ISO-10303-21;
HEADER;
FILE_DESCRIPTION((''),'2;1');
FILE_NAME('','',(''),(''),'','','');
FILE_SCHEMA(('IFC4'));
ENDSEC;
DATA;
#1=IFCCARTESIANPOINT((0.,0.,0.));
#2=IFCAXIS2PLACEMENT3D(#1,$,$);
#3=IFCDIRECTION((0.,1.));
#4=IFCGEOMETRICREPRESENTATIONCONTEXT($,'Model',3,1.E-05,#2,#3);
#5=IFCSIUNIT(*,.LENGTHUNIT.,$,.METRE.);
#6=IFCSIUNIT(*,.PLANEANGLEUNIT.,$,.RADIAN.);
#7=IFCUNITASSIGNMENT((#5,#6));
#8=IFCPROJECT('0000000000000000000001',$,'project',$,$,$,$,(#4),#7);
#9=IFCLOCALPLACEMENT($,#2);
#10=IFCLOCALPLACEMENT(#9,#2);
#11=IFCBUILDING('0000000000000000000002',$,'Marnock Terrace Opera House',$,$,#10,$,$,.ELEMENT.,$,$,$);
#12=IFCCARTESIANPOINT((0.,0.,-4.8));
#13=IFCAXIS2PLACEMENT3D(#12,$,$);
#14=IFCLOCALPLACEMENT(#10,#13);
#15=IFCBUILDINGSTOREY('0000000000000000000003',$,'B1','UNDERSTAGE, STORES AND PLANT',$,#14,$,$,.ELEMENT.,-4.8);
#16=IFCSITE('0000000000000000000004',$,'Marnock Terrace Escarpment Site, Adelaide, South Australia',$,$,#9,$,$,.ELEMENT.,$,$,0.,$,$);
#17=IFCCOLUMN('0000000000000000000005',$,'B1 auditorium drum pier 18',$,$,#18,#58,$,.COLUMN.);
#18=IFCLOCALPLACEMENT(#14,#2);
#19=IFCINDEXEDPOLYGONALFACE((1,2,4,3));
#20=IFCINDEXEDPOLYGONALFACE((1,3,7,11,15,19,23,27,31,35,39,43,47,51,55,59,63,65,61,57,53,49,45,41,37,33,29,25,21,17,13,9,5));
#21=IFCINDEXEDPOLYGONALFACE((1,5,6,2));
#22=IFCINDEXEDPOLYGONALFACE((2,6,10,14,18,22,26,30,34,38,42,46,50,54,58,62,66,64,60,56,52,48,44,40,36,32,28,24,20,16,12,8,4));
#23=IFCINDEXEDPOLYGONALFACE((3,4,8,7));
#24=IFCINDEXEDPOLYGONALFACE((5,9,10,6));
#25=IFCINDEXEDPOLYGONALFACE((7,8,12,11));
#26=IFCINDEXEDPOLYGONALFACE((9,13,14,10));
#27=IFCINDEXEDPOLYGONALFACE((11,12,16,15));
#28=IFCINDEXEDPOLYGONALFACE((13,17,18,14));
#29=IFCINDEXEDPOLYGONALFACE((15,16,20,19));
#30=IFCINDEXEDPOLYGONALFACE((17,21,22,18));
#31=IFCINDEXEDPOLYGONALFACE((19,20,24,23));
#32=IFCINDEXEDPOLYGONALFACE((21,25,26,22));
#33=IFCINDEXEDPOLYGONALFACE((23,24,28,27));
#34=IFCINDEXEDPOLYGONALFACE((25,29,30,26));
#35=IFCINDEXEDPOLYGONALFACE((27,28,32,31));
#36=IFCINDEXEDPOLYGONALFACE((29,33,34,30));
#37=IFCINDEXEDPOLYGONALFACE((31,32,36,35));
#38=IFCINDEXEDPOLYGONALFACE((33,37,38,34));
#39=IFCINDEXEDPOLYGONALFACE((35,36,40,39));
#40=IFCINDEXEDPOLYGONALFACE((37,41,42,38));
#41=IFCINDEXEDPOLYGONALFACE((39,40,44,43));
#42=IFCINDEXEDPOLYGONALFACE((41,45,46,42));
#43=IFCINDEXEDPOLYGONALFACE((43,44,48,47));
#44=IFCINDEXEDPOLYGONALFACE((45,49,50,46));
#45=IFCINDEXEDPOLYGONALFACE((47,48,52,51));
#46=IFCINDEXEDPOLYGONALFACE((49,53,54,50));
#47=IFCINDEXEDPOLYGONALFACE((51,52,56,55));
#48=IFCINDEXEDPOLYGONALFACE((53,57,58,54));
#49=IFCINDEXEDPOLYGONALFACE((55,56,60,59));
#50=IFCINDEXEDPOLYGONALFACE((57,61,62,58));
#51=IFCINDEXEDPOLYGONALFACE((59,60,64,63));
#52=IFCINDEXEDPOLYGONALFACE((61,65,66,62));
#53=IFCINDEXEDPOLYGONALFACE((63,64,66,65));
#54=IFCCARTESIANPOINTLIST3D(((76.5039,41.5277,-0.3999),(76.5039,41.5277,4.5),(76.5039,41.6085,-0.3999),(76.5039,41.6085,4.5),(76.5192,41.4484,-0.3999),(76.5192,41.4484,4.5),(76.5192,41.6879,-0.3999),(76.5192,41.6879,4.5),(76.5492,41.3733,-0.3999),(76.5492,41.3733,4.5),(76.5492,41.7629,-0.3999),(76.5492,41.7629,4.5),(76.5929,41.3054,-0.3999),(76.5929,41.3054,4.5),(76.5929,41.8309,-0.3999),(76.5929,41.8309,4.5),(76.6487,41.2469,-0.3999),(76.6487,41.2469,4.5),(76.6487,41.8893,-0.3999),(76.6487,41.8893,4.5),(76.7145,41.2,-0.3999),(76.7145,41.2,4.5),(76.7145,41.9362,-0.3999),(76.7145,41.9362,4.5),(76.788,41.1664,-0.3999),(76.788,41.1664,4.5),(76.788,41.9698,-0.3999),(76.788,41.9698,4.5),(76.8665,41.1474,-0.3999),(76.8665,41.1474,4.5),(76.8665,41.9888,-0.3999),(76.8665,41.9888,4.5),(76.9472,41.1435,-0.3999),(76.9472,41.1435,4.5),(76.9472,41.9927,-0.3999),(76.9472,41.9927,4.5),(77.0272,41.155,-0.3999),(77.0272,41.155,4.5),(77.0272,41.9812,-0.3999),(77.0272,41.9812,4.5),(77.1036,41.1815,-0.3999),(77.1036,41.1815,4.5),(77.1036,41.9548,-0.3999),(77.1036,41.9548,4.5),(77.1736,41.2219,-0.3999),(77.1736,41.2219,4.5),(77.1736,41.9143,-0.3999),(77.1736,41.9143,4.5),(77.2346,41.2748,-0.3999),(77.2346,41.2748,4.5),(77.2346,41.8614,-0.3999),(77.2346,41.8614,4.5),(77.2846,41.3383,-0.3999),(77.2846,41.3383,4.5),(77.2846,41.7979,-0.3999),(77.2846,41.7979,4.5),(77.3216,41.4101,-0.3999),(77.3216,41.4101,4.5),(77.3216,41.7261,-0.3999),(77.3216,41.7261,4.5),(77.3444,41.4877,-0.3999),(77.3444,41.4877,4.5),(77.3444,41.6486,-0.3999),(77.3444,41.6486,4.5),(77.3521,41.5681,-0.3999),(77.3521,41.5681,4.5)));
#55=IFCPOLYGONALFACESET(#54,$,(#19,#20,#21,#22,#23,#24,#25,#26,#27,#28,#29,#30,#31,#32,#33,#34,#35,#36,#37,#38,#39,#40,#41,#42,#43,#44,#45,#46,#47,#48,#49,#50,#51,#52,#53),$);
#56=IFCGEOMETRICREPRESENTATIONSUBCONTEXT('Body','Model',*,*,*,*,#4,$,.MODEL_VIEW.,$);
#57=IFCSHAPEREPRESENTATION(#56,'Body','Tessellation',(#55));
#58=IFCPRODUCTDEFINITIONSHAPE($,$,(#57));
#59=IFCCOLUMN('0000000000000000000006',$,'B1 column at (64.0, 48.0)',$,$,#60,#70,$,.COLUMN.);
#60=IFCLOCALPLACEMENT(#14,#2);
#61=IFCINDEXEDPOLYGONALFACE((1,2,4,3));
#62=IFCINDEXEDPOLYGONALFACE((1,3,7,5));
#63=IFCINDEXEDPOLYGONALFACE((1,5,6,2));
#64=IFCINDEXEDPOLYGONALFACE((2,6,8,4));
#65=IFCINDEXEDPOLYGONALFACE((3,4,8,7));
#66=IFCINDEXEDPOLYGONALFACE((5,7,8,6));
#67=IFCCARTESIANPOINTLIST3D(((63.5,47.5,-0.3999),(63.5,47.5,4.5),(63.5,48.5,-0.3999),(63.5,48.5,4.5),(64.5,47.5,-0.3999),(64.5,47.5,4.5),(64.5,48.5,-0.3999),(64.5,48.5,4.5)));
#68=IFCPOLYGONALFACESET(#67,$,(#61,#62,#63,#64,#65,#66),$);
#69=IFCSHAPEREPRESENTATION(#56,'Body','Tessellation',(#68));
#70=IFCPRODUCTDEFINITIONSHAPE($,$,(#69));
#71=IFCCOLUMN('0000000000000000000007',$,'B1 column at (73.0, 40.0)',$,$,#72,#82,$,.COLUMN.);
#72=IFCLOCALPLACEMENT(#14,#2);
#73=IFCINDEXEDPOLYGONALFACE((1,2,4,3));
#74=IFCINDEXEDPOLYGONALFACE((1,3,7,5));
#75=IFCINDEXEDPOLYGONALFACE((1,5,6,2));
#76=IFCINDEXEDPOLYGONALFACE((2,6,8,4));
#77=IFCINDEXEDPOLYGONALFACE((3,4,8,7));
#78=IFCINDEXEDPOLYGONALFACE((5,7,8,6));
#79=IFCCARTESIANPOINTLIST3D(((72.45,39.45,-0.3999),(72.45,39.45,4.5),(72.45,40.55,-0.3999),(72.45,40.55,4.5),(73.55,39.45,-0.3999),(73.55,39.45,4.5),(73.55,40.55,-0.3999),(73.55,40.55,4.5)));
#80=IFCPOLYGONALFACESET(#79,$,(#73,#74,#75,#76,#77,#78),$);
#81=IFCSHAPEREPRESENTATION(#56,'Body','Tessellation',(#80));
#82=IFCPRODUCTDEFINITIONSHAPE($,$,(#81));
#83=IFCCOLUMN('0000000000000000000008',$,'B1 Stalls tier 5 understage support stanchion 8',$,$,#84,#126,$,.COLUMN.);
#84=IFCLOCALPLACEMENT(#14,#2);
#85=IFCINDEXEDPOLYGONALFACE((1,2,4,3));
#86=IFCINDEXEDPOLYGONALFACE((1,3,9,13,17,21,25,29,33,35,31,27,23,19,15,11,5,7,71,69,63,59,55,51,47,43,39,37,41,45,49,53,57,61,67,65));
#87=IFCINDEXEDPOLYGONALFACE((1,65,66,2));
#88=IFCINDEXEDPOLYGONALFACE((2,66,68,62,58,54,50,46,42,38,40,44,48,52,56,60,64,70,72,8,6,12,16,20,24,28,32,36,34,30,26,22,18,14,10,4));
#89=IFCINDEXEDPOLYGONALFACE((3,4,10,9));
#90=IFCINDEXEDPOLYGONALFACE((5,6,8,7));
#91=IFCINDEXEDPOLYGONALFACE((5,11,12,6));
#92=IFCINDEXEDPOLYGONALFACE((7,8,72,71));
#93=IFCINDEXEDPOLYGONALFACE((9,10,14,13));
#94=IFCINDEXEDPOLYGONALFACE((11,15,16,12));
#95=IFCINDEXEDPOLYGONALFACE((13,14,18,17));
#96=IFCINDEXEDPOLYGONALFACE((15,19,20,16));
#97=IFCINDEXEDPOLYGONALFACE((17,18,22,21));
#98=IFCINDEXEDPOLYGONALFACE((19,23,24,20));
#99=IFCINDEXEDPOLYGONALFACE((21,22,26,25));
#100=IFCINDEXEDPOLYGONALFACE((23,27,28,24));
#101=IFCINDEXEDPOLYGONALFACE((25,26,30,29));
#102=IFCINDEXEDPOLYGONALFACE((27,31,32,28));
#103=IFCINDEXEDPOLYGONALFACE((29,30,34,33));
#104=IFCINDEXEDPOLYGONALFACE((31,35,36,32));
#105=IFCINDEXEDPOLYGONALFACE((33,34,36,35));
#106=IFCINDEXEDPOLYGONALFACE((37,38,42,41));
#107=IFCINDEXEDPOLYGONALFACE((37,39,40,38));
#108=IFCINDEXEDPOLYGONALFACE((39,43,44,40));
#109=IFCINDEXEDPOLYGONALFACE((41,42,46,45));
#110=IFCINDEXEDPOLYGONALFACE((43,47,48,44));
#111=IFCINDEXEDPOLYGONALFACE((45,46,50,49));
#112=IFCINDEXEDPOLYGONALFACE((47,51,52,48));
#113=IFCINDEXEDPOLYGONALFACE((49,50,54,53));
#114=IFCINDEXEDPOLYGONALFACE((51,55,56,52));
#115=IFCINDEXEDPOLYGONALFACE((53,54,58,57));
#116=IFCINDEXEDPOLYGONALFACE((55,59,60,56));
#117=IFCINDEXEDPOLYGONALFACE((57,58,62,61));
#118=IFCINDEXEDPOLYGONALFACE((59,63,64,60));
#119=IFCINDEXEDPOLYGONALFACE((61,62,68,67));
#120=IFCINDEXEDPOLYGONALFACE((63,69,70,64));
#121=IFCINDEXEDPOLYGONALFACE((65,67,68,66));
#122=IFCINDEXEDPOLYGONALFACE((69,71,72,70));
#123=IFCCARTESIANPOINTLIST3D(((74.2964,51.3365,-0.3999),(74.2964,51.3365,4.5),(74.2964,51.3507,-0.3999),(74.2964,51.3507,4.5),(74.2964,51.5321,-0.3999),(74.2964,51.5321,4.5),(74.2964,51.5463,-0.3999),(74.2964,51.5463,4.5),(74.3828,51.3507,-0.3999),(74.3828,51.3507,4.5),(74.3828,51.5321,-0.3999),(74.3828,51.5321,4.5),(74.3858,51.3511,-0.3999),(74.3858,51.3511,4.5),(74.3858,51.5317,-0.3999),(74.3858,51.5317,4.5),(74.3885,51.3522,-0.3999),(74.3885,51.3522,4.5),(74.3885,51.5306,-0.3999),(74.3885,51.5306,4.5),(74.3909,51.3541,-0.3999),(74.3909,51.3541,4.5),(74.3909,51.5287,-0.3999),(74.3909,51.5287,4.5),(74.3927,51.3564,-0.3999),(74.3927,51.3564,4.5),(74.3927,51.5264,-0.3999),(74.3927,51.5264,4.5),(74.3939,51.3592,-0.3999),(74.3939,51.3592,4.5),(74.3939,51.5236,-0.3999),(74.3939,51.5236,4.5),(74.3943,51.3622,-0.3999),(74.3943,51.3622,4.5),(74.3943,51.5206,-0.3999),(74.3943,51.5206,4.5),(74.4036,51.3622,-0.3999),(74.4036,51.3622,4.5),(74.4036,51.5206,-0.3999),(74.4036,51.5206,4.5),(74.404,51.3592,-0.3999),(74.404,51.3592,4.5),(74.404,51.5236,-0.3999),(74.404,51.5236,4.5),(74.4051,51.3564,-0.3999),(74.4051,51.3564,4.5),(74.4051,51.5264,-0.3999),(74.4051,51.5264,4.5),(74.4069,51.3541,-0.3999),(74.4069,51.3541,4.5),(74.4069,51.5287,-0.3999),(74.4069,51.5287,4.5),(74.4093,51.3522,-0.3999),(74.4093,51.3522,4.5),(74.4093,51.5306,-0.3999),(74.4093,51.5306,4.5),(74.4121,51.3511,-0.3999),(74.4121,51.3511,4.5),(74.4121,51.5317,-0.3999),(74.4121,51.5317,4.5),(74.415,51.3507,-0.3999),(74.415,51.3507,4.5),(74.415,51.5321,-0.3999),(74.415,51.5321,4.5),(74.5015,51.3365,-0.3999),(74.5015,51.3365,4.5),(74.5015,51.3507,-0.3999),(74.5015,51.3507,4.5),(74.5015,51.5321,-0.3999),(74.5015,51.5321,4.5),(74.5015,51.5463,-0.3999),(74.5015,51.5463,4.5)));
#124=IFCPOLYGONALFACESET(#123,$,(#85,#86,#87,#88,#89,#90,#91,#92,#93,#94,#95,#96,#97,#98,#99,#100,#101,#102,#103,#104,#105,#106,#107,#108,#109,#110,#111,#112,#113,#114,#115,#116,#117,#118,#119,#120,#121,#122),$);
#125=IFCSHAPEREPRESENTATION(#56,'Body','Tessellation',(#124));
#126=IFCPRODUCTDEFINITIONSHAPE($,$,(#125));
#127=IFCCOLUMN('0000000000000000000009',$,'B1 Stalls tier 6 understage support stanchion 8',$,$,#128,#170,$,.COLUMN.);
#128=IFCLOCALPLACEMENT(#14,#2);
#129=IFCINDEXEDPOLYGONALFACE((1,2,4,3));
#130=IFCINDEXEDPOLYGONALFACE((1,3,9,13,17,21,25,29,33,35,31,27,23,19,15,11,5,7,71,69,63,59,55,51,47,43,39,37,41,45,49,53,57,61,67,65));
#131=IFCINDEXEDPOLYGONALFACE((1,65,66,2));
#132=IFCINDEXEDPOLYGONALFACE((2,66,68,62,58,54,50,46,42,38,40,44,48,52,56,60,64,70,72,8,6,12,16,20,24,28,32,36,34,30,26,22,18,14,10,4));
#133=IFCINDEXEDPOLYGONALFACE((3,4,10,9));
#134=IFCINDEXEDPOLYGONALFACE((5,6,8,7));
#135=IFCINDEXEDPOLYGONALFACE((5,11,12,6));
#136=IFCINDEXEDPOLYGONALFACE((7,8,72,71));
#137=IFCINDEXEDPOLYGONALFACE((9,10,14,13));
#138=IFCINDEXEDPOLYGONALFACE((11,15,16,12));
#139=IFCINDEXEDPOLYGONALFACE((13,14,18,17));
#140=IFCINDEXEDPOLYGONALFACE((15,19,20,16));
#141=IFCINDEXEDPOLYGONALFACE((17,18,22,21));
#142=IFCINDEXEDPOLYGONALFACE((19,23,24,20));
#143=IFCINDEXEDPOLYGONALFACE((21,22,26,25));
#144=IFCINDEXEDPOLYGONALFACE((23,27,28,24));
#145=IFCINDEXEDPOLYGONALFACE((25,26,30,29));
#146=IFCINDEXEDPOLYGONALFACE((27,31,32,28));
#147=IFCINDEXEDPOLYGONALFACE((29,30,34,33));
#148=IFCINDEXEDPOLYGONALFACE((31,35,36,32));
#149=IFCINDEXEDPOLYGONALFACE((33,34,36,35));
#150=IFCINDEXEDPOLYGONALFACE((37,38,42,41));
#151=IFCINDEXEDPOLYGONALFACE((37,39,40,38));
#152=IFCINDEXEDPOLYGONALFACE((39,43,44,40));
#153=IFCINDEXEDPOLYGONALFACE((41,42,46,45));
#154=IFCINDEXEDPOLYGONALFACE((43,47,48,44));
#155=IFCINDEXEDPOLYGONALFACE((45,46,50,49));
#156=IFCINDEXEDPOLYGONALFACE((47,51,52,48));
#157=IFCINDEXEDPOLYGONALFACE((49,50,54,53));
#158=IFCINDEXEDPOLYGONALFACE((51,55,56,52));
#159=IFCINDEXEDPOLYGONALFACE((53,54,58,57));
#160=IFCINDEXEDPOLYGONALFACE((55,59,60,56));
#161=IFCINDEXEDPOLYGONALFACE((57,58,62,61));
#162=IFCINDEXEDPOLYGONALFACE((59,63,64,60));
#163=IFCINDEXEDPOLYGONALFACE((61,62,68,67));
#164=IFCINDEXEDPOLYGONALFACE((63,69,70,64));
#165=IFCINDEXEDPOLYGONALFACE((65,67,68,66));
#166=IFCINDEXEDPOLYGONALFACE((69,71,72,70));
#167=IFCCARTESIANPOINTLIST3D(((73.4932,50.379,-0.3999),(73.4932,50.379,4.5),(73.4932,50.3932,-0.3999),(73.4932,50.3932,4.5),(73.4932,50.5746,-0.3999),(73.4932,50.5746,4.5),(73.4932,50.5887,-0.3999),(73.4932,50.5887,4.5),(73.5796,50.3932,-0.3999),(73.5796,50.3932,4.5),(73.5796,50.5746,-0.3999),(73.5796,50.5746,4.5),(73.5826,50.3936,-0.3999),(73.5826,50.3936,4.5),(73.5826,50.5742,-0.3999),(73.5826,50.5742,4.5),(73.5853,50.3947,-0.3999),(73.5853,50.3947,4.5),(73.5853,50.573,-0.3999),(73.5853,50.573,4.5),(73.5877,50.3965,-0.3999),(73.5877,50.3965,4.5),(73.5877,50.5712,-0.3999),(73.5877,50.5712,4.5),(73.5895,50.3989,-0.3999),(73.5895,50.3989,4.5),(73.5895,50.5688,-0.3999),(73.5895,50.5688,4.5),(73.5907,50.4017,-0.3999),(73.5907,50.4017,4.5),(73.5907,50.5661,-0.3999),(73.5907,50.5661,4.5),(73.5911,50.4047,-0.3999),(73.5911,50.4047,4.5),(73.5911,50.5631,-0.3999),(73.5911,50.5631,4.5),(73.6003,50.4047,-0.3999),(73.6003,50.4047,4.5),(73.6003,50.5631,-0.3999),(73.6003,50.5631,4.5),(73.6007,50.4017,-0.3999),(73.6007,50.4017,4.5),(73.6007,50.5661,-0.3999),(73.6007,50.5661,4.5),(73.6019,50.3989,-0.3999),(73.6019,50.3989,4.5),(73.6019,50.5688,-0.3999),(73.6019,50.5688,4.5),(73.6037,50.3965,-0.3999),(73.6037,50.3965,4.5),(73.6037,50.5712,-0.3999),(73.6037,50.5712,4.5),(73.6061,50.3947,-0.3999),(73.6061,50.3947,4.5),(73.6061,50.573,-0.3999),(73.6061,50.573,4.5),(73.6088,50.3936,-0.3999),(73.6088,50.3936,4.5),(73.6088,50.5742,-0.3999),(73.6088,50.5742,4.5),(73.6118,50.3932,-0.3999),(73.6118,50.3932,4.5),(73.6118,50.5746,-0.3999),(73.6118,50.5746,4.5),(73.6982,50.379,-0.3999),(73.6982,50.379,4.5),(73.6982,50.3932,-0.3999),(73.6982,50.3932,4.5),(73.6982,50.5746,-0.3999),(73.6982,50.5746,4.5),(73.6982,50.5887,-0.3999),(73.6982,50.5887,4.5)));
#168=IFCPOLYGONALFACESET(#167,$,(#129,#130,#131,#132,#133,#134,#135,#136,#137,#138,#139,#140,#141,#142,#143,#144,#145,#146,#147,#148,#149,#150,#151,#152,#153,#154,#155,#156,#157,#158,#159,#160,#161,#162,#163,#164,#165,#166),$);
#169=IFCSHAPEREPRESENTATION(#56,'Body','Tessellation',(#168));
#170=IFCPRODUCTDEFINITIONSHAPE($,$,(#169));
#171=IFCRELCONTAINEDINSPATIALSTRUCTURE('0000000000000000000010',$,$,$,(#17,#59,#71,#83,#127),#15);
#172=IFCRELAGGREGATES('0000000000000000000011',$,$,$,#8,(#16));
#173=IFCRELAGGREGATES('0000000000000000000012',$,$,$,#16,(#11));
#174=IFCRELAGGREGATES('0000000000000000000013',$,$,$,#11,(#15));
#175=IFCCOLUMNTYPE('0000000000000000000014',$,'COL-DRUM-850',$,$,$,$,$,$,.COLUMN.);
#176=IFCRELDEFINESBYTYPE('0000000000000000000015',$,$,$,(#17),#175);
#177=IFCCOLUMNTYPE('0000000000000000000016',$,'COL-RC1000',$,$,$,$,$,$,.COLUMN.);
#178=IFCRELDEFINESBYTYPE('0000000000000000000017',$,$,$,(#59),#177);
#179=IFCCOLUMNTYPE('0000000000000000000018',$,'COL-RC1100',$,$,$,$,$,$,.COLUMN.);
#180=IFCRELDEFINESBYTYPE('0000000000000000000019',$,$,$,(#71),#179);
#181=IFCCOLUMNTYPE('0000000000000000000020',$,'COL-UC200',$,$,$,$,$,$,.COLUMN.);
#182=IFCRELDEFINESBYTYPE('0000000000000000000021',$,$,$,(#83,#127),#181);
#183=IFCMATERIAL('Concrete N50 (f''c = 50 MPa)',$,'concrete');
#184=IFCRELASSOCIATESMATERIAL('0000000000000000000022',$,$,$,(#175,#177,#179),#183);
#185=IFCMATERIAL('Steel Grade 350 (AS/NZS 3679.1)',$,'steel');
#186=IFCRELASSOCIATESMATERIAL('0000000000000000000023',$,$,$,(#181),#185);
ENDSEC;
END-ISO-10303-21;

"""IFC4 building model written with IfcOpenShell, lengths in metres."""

from ifc_helpers import new_model, si_unit, direction, frame, origin, origin_2d, place, context, subcontext, project, spatial, rectangle, circle, i_section, extrude, material, material_profile, profile_set, type_object, element, save


model = new_model("IFC4")

# Units and contexts
model_context = context("Model", 3, precision=1e-05, world=origin(), true_north=direction((0.0, 1.0)))
body_context = subcontext(model_context, "Body", "Model", "MODEL_VIEW")
ifc_project = project(units=[si_unit("LENGTHUNIT", "METRE"), si_unit("PLANEANGLEUNIT", "RADIAN")], contexts=[model_context])

# Site, building, storey
site_placement = place(None, origin())
site = spatial("IfcSite", under=ifc_project, at=site_placement, Name="Marnock Terrace Escarpment Site, Adelaide, South Australia", CompositionType="ELEMENT", RefElevation=0.0)
building_placement = place(site_placement, origin())
building = spatial("IfcBuilding", under=site, at=building_placement, Name="Marnock Terrace Opera House", CompositionType="ELEMENT")
storey_placement = place(building_placement, frame((0.0, 0.0, -4.8)))
storey = spatial("IfcBuildingStorey", under=building, at=storey_placement, Name="B1", Description="UNDERSTAGE, STORES AND PLANT", CompositionType="ELEMENT", Elevation=-4.8)

# Columns
ifc_material_1 = material(Name="Concrete N50 (f'c = 50 MPa)", Category="concrete")
ifc_material_profile_1 = material_profile(ifc_material_1, circle(Radius=0.425, at=origin_2d()))
ifc_profile_set_1 = profile_set([ifc_material_profile_1], Name="Concrete N50 (f'c = 50 MPa)")
column_type_1 = type_object("IfcColumnType", Name="COL-DRUM-850", PredefinedType="COLUMN", material=ifc_profile_set_1)
for number, where, z_axis, x_axis, name in (
    (1, (76.927, 41.5681, -0.3999), (0.0, 0.0, 1.0), (1.0, 0.0, 0.0), "B1 auditorium drum pier 18"),
):
    element("IfcColumn", number, at=place(storey_placement, frame(where, z_axis=z_axis, x_axis=x_axis)), inside=storey, type_object=column_type_1, Name=name, PredefinedType="COLUMN", context=body_context, shape_type="SweptSolid", body=[
        extrude(circle(Radius=0.425, at=origin_2d()), origin(), (0.0, 0.0, 1.0), 4.8999),
    ])
ifc_material_profile_2 = material_profile(ifc_material_1, rectangle(XDim=1.0, YDim=1.0, at=origin_2d()))
ifc_profile_set_2 = profile_set([ifc_material_profile_2], Name="Concrete N50 (f'c = 50 MPa)")
column_type_2 = type_object("IfcColumnType", Name="COL-RC1000", PredefinedType="COLUMN", material=ifc_profile_set_2)
column_1_placement = place(storey_placement, frame((64.0, 48.0, -0.3999), z_axis=(0.0, 0.0, 1.0), x_axis=(1.0, 0.0, 0.0)))
element("IfcColumn", 2, at=column_1_placement, inside=storey, type_object=column_type_2, Name="B1 column at (64.0, 48.0)", PredefinedType="COLUMN", context=body_context, shape_type="SweptSolid", body=[
    extrude(rectangle(XDim=1.0, YDim=1.0, at=origin_2d()), origin(), (0.0, 0.0, 1.0), 4.8999),
])
ifc_material_profile_3 = material_profile(ifc_material_1, rectangle(XDim=1.1001, YDim=1.1001, at=origin_2d()))
ifc_profile_set_3 = profile_set([ifc_material_profile_3], Name="Concrete N50 (f'c = 50 MPa)")
column_type_3 = type_object("IfcColumnType", Name="COL-RC1100", PredefinedType="COLUMN", material=ifc_profile_set_3)
column_2_placement = place(storey_placement, frame((73.0, 40.0, -0.3999), z_axis=(0.0, 0.0, 1.0), x_axis=(1.0, 0.0, 0.0)))
element("IfcColumn", 3, at=column_2_placement, inside=storey, type_object=column_type_3, Name="B1 column at (73.0, 40.0)", PredefinedType="COLUMN", context=body_context, shape_type="SweptSolid", body=[
    extrude(rectangle(XDim=1.1001, YDim=1.1001, at=origin_2d()), origin(), (0.0, 0.0, 1.0), 4.8999),
])
ifc_material_2 = material(Name="Steel Grade 350 (AS/NZS 3679.1)", Category="steel")
ifc_material_profile_4 = material_profile(ifc_material_2, i_section(OverallWidth=0.2051, OverallDepth=0.2097, WebThickness=0.0093, FlangeThickness=0.0142, FilletRadius=0.0115, at=origin_2d()))
ifc_profile_set_4 = profile_set([ifc_material_profile_4], Name="Steel Grade 350 (AS/NZS 3679.1)")
column_type_4 = type_object("IfcColumnType", Name="COL-UC200", PredefinedType="COLUMN", material=ifc_profile_set_4)
for number, where, z_axis, x_axis, name in (
    (4, (74.3989, 51.4414, -0.3999), (0.0, 0.0, 1.0), (1.0, 0.0, 0.0), "B1 Stalls tier 5 understage support stanchion 8"),
    (5, (73.5957, 50.4839, -0.3999), (0.0, 0.0, 1.0), (1.0, 0.0, 0.0), "B1 Stalls tier 6 understage support stanchion 8"),
):
    element("IfcColumn", number, at=place(storey_placement, frame(where, z_axis=z_axis, x_axis=x_axis)), inside=storey, type_object=column_type_4, Name=name, PredefinedType="COLUMN", context=body_context, shape_type="SweptSolid", body=[
        extrude(i_section(OverallWidth=0.2051, OverallDepth=0.2097, WebThickness=0.0093, FlangeThickness=0.0142, FilletRadius=0.0115, at=origin_2d()), origin(), (0.0, 0.0, 1.0), 4.8999),
    ])

save(model, "model.ifc")
